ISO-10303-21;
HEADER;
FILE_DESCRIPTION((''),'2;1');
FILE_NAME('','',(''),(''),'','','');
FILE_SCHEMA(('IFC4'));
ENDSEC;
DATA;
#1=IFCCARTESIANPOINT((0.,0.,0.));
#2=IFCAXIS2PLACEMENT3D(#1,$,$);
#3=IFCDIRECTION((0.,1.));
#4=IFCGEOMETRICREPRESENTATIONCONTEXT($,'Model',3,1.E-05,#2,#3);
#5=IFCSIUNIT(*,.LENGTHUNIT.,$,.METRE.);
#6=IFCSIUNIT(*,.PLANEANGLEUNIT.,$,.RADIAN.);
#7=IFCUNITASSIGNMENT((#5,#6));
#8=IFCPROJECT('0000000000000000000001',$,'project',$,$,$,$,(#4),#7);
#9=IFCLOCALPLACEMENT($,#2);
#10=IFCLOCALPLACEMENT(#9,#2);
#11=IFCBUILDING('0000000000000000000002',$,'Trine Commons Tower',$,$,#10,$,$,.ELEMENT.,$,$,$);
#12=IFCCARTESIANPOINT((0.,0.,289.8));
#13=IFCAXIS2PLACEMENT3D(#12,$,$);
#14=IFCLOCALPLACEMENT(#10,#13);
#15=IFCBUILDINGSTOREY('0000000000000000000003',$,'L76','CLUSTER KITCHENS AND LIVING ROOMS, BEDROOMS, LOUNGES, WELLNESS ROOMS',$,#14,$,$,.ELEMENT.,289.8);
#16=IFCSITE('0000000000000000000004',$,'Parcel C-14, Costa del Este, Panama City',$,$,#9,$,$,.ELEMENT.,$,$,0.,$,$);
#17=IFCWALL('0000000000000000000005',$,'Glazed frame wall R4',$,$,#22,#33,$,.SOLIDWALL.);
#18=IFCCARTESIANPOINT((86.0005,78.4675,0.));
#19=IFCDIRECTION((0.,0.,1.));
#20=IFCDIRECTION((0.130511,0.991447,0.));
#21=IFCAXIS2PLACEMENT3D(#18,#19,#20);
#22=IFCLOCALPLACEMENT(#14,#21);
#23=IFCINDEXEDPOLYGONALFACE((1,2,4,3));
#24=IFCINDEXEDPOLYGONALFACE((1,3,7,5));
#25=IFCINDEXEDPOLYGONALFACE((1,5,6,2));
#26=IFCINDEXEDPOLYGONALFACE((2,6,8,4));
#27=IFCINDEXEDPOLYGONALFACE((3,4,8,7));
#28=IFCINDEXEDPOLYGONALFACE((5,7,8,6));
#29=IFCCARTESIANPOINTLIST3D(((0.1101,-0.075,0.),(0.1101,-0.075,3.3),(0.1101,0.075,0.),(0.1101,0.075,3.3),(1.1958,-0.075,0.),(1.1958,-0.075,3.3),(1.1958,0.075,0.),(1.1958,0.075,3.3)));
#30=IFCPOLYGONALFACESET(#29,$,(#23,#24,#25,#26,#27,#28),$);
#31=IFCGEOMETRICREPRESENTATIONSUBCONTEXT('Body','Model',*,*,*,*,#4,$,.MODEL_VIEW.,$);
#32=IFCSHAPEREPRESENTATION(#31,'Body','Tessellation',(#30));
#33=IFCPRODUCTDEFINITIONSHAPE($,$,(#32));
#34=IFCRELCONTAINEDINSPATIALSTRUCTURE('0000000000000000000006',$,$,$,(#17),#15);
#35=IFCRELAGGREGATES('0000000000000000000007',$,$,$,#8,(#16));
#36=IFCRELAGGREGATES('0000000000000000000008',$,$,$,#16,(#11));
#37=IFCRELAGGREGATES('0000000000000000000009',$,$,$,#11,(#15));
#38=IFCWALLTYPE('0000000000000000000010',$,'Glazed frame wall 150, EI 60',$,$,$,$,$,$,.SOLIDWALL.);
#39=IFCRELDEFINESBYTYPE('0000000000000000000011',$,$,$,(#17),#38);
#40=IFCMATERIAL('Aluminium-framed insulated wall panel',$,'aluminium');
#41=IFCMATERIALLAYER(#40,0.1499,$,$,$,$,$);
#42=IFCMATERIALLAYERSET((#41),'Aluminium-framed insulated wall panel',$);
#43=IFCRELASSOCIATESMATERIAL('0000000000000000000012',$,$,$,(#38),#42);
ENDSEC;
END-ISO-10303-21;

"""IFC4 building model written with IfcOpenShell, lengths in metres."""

from ifc_helpers import new_model, si_unit, direction, frame, origin, place, context, subcontext, project, spatial, polyline, outline, extrude, material, layer, layer_set, type_object, element, save


model = new_model("IFC4")

# Units and contexts
model_context = context("Model", 3, precision=1e-05, world=origin(), true_north=direction((0.0, 1.0)))
body_context = subcontext(model_context, "Body", "Model", "MODEL_VIEW")
ifc_project = project(units=[si_unit("LENGTHUNIT", "METRE"), si_unit("PLANEANGLEUNIT", "RADIAN")], contexts=[model_context])

# Site, building, storey
site_placement = place(None, origin())
site = spatial("IfcSite", under=ifc_project, at=site_placement, Name="Parcel C-14, Costa del Este, Panama City", CompositionType="ELEMENT", RefElevation=0.0)
building_placement = place(site_placement, origin())
building = spatial("IfcBuilding", under=site, at=building_placement, Name="Trine Commons Tower", CompositionType="ELEMENT")
storey_placement = place(building_placement, frame((0.0, 0.0, 289.8)))
storey = spatial("IfcBuildingStorey", under=building, at=storey_placement, Name="L76", Description="CLUSTER KITCHENS AND LIVING ROOMS, BEDROOMS, LOUNGES, WELLNESS ROOMS", CompositionType="ELEMENT", Elevation=289.8)

# Shared definitions
ifc_material_1 = material(Name="Aluminium-framed insulated wall panel", Category="aluminium")
ifc_layer_1 = layer(ifc_material_1, 0.1499)
ifc_layer_set_1 = layer_set([ifc_layer_1], Name="Aluminium-framed insulated wall panel")
wall_type_1 = type_object("IfcWallType", Name="Glazed frame wall 150, EI 60", PredefinedType="SOLIDWALL", material=ifc_layer_set_1)

# Wall
wall_1_placement = place(storey_placement, frame((86.0005, 78.4675, 0.0), z_axis=(0.0, 0.0, 1.0), x_axis=(0.130511, 0.991447, 0.0)))
element("IfcWall", 1, at=wall_1_placement, inside=storey, type_object=wall_type_1, Name="Glazed frame wall R4", PredefinedType="SOLIDWALL", context=body_context, shape_type="SweptSolid", body=[
    extrude(outline(polyline([(0.1101, 0.075), (0.1101, -0.075), (1.1958, -0.075), (1.1958, 0.075), (0.1101, 0.075)])), origin(), (0.0, 0.0, 1.0), 3.3),
])

save(model, "model.ifc")
